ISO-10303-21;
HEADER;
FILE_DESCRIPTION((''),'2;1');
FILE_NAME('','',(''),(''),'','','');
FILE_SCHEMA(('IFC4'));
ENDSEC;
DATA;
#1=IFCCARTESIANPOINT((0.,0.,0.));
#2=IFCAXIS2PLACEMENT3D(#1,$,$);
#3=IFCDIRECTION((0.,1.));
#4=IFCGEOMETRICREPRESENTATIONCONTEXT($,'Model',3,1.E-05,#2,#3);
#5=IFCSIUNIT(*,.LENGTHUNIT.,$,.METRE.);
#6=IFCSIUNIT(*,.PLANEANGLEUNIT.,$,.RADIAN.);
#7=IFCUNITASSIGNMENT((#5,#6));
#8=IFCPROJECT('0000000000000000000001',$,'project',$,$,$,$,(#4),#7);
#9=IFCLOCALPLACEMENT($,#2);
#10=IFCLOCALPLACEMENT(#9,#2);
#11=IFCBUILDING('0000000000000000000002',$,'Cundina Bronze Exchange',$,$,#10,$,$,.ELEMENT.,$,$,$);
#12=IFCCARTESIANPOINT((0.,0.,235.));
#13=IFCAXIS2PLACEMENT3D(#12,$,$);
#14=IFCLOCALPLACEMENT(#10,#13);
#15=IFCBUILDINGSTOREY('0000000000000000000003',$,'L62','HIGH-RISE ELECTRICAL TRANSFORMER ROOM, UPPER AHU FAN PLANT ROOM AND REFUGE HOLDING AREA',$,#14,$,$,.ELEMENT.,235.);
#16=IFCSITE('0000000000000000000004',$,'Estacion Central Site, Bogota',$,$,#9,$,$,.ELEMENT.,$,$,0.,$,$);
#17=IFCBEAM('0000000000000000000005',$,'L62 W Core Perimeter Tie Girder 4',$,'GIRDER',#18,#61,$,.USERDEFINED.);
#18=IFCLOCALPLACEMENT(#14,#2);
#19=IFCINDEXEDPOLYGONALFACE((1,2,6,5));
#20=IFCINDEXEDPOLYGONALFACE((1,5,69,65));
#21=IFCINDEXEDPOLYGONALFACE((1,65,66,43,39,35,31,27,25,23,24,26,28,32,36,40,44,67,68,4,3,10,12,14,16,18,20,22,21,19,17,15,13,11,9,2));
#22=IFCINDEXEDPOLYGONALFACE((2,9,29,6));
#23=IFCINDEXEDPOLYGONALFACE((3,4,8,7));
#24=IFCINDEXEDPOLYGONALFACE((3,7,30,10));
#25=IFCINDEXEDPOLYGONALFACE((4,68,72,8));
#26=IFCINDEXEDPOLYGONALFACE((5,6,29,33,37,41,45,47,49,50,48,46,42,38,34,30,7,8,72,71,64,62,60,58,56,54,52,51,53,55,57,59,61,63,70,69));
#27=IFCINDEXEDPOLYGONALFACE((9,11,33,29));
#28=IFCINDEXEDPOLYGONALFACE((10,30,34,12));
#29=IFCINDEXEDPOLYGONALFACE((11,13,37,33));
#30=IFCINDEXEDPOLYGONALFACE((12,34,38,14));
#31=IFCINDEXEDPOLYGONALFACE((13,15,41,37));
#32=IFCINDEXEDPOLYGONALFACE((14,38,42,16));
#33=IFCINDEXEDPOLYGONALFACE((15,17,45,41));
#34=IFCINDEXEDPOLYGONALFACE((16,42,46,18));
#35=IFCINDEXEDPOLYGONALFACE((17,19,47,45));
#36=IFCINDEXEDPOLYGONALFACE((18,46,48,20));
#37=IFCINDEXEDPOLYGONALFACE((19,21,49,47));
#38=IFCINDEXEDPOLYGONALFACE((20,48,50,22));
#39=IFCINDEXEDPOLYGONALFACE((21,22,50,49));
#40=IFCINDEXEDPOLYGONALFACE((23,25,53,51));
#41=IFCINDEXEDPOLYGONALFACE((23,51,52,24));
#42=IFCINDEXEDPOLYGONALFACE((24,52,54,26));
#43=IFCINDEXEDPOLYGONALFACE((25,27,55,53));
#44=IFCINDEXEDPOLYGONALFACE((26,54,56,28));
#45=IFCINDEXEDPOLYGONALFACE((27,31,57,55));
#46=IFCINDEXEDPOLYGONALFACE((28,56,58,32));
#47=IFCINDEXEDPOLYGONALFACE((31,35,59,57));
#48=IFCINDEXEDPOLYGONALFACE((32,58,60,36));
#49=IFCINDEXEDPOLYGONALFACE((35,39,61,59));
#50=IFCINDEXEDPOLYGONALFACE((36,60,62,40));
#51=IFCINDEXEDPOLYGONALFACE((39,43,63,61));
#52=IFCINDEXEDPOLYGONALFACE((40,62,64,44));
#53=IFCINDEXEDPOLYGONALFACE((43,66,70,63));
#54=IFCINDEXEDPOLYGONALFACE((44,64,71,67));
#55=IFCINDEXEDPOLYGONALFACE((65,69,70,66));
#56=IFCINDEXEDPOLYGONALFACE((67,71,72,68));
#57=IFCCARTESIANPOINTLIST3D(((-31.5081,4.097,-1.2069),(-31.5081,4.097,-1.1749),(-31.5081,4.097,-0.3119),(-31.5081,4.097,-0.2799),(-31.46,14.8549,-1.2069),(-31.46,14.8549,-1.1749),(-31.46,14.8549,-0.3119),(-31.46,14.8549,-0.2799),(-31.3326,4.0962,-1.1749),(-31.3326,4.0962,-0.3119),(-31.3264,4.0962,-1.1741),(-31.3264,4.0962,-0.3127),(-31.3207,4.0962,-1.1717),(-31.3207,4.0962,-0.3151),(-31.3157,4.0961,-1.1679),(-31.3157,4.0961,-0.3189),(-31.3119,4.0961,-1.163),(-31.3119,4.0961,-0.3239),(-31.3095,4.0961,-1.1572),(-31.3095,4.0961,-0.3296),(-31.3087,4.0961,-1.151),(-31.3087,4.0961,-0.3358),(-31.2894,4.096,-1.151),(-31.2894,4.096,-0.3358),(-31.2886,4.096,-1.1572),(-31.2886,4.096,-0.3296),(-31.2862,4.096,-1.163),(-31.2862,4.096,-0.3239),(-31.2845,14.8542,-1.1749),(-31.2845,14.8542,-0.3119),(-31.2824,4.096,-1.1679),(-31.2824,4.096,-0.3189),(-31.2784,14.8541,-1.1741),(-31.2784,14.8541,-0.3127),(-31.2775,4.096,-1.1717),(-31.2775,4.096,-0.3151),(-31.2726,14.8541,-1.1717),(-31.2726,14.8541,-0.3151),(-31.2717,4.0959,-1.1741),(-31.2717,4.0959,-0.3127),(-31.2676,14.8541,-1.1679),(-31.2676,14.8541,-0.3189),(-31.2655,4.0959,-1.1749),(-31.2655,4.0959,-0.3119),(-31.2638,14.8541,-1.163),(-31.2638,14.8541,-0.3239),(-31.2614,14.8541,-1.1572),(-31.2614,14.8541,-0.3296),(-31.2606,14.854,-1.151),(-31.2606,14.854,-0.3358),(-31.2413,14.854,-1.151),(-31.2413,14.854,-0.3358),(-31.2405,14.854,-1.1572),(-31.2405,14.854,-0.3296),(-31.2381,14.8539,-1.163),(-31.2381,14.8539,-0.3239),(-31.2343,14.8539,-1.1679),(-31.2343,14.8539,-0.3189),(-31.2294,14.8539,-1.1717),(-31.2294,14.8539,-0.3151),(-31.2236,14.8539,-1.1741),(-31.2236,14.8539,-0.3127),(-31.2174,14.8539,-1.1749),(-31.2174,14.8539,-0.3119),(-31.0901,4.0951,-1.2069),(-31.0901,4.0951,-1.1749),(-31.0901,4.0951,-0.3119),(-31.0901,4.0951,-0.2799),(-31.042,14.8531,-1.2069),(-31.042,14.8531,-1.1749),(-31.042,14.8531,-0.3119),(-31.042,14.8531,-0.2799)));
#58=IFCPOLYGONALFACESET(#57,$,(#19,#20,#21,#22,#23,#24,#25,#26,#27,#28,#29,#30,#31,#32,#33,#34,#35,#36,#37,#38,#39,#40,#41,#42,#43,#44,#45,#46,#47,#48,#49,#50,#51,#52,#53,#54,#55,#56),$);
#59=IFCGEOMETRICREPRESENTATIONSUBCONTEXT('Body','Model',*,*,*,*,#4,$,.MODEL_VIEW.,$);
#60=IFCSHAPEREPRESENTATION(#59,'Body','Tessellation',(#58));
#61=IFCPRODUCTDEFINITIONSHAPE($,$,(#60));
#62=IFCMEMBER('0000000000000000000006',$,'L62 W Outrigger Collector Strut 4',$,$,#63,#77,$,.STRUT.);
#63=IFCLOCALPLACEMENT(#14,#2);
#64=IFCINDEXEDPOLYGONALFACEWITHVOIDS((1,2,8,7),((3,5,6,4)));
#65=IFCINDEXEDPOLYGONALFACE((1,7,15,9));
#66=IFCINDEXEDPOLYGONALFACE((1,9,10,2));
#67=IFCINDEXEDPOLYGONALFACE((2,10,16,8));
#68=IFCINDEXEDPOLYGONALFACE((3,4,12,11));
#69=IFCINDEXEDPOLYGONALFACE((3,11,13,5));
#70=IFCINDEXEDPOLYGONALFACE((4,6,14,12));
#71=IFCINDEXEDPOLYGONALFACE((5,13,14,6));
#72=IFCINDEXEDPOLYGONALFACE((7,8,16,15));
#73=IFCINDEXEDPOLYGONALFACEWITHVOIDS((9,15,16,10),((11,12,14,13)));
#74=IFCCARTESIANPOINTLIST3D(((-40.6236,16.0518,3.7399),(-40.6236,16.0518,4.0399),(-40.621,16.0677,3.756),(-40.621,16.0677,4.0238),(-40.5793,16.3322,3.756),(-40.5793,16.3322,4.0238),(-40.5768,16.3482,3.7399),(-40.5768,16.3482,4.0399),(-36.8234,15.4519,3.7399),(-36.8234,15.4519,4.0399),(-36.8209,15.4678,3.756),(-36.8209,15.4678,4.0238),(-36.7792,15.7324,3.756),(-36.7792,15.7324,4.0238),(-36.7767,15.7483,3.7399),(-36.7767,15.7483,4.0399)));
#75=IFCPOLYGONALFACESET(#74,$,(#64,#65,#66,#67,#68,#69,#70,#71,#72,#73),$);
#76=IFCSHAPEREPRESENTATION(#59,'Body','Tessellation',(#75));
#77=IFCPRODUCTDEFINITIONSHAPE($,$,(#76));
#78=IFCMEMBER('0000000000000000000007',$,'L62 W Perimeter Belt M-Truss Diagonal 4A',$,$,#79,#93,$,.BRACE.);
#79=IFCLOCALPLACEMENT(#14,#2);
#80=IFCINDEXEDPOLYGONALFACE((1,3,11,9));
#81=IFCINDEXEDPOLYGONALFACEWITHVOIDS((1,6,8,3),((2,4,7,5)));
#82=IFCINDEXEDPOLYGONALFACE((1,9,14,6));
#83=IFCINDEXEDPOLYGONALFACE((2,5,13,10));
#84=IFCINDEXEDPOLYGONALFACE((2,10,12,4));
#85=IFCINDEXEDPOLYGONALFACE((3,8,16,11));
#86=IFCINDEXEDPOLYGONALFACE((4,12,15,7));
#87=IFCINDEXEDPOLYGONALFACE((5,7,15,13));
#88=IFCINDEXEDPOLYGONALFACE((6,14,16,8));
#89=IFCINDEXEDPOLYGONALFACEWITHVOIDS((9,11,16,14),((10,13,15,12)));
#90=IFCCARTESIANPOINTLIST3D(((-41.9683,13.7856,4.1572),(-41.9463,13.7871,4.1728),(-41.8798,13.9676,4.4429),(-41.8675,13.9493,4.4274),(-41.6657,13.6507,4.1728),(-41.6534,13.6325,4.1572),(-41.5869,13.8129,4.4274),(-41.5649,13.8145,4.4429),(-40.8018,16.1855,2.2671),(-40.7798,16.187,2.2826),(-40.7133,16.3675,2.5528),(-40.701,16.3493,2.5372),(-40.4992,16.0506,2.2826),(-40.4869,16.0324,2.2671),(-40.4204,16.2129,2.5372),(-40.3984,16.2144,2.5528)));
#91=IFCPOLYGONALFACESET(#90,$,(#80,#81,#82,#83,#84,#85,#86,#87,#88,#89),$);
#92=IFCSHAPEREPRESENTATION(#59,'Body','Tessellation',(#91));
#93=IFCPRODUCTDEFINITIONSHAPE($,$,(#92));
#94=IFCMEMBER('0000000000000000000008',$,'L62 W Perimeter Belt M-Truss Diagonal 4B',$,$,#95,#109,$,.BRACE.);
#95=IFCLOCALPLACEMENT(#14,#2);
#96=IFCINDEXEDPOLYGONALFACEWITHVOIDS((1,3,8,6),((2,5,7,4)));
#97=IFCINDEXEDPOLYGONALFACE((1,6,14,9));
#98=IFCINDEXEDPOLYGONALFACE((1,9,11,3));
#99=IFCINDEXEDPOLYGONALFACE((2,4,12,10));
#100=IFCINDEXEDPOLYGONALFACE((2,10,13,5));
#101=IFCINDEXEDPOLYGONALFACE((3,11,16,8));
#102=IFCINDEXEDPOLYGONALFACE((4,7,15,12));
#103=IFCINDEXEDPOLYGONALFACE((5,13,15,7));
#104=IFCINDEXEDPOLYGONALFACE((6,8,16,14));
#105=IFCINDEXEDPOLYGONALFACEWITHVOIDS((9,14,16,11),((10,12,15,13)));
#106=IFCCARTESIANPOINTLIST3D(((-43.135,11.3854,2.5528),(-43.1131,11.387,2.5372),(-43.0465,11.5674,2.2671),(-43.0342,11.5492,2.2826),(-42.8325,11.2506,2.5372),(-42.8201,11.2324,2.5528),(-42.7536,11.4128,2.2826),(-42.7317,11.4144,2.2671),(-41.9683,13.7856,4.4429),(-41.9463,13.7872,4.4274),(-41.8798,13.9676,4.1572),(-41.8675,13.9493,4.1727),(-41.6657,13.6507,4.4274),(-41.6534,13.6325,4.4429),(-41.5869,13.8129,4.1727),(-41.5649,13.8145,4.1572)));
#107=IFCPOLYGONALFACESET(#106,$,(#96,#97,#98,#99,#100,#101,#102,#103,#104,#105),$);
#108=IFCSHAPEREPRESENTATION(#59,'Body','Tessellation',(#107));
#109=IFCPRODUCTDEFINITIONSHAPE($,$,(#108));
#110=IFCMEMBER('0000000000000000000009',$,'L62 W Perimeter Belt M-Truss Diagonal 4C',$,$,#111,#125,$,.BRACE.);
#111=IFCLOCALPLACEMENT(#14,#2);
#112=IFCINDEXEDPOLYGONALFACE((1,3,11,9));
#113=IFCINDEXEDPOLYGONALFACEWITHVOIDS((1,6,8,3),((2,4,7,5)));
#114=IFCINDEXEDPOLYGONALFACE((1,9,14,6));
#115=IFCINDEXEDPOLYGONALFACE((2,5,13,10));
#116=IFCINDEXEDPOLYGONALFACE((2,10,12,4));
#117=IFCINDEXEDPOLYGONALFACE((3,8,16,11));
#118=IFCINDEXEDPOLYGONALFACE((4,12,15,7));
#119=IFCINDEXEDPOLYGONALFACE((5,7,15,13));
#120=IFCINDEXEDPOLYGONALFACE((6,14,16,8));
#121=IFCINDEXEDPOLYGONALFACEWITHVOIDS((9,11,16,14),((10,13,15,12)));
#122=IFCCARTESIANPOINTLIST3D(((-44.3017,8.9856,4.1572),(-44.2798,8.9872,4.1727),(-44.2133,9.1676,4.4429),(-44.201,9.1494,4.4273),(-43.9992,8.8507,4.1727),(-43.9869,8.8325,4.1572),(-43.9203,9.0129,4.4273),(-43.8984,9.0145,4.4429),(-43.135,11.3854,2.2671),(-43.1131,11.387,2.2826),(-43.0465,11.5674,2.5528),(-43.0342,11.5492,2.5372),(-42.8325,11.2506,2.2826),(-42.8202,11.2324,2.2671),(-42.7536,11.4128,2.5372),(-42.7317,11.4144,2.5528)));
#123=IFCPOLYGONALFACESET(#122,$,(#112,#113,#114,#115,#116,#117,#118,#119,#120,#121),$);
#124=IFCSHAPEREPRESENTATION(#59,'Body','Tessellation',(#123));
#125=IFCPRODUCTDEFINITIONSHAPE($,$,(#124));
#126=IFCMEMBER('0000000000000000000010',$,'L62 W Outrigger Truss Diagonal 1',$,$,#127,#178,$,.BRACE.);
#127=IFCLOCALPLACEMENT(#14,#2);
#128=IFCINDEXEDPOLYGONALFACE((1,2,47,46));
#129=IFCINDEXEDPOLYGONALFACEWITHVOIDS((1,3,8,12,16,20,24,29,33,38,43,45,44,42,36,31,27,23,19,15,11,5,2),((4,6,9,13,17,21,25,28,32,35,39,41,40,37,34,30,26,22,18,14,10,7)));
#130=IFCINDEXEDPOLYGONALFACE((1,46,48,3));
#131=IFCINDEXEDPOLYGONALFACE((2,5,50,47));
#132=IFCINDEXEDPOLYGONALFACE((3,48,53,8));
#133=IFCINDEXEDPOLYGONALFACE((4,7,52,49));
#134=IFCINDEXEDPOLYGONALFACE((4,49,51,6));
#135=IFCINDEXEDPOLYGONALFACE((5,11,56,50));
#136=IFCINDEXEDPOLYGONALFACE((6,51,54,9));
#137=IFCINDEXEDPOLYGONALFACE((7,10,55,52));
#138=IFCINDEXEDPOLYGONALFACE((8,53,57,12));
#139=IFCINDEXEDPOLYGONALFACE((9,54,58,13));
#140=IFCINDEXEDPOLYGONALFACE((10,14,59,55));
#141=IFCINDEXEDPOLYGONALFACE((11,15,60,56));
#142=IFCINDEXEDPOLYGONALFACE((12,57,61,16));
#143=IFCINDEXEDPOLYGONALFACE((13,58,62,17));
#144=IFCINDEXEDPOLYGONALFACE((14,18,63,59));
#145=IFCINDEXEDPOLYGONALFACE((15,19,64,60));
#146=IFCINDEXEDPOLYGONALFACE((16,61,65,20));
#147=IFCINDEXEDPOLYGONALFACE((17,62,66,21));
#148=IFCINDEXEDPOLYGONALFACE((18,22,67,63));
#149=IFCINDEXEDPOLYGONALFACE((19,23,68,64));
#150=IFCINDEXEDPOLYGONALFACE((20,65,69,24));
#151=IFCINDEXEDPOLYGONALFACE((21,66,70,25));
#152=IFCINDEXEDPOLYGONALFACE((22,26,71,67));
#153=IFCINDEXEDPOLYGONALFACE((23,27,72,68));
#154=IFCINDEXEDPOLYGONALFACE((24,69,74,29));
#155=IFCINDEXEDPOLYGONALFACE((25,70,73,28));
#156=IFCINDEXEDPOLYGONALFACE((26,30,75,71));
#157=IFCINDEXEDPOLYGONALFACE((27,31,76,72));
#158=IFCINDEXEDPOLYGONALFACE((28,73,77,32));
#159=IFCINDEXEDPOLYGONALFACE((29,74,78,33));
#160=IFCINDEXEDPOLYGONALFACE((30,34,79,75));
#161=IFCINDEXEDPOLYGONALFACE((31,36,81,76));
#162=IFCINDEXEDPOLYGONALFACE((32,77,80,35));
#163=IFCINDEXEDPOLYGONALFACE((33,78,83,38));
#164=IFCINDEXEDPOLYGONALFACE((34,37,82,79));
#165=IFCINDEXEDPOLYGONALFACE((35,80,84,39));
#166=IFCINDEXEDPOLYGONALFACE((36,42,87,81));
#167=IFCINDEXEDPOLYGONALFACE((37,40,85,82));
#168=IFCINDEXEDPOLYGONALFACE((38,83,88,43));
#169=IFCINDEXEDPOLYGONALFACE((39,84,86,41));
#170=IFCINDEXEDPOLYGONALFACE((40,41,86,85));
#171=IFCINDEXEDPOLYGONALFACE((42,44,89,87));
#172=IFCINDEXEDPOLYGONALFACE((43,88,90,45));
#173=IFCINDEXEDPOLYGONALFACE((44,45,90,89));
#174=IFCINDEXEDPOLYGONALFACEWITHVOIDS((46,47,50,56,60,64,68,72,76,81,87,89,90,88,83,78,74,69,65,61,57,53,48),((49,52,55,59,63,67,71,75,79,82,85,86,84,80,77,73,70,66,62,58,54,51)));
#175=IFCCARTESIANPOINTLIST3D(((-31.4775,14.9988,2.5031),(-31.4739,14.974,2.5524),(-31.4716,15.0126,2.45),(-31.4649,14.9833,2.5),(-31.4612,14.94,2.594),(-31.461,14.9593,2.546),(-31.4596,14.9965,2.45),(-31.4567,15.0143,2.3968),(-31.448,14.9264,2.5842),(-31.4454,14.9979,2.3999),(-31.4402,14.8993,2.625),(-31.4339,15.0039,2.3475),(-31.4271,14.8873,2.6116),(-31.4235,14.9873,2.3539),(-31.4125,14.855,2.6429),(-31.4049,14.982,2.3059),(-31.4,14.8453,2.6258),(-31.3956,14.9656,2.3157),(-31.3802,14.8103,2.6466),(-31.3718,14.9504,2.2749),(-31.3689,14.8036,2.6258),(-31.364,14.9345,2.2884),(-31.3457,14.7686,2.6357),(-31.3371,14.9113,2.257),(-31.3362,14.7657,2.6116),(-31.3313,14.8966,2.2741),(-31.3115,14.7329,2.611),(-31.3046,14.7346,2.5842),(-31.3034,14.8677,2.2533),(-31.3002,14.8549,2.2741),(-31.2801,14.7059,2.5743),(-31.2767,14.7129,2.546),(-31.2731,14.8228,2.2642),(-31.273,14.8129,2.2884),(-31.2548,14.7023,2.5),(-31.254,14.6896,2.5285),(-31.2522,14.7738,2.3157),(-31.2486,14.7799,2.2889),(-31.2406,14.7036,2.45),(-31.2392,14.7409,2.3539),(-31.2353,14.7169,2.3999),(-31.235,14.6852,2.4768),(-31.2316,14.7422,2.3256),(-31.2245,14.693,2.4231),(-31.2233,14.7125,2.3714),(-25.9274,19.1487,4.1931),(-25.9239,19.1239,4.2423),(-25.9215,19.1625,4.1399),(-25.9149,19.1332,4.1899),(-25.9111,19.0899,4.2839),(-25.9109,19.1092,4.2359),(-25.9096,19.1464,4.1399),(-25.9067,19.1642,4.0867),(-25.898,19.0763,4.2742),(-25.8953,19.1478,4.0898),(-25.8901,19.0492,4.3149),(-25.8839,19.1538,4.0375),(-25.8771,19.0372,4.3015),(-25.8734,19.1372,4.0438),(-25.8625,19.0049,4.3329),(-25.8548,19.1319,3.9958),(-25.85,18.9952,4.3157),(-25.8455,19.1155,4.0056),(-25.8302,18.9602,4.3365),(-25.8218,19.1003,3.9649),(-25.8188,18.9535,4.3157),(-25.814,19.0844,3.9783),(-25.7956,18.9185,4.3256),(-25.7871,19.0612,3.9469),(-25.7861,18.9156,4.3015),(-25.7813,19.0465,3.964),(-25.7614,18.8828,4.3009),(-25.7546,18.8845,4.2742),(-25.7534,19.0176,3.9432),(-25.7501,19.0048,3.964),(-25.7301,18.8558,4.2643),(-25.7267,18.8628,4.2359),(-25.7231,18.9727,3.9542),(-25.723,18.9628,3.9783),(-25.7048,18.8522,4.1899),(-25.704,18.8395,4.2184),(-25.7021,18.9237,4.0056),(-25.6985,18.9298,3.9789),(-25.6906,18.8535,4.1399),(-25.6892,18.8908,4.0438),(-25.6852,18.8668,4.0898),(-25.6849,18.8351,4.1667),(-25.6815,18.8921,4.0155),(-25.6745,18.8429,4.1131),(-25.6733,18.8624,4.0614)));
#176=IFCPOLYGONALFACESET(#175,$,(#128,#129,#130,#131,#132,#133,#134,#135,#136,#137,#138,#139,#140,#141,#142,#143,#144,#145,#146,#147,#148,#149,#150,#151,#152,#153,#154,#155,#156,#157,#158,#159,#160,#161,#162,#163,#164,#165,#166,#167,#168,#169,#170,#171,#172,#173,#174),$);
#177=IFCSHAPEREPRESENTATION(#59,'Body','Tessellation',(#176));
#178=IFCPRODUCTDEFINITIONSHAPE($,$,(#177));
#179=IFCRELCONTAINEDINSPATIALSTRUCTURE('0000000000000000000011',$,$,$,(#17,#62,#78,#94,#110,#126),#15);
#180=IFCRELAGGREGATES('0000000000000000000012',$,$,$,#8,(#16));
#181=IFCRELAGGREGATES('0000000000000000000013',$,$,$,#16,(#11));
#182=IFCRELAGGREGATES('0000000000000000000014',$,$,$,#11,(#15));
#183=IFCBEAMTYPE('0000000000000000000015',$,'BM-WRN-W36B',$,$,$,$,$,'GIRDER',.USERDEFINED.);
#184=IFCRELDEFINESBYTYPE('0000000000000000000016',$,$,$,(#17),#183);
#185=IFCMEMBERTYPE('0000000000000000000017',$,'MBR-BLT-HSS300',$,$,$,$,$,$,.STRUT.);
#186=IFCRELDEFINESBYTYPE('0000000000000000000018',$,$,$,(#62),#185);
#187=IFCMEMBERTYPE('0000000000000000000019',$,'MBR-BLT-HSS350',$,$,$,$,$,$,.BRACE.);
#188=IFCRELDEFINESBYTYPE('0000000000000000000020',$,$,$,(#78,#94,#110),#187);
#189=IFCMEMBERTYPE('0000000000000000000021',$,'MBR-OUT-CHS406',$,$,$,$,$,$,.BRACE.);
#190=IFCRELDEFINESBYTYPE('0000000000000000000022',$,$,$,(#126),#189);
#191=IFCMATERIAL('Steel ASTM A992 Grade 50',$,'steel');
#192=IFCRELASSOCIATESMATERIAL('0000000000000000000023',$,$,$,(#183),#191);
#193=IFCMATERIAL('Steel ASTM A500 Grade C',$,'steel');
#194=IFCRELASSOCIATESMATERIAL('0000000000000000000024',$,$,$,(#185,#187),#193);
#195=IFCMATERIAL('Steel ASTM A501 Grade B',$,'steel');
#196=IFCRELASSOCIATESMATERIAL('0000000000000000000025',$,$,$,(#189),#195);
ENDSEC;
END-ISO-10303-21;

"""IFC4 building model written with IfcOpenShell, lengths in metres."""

from ifc_helpers import new_model, si_unit, direction, frame, origin, origin_2d, place, context, subcontext, project, spatial, hollow_rectangle, hollow_circle, i_section, extrude, material, material_profile, profile_set, type_object, element, save


model = new_model("IFC4")

# Units and contexts
model_context = context("Model", 3, precision=1e-05, world=origin(), true_north=direction((0.0, 1.0)))
body_context = subcontext(model_context, "Body", "Model", "MODEL_VIEW")
ifc_project = project(units=[si_unit("LENGTHUNIT", "METRE"), si_unit("PLANEANGLEUNIT", "RADIAN")], contexts=[model_context])

# Site, building, storey
site_placement = place(None, origin())
site = spatial("IfcSite", under=ifc_project, at=site_placement, Name="Estacion Central Site, Bogota", CompositionType="ELEMENT", RefElevation=0.0)
building_placement = place(site_placement, origin())
building = spatial("IfcBuilding", under=site, at=building_placement, Name="Cundina Bronze Exchange", CompositionType="ELEMENT")
storey_placement = place(building_placement, frame((0.0, 0.0, 235.0)))
storey = spatial("IfcBuildingStorey", under=building, at=storey_placement, Name="L62", Description="HIGH-RISE ELECTRICAL TRANSFORMER ROOM, UPPER AHU FAN PLANT ROOM AND REFUGE HOLDING AREA", CompositionType="ELEMENT", Elevation=235.0)

# Shared definitions
ifc_material_1 = material(Name="Steel ASTM A992 Grade 50", Category="steel")

# Beam
ifc_material_profile_1 = material_profile(ifc_material_1, i_section(OverallWidth=0.418, OverallDepth=0.927, WebThickness=0.0193, FlangeThickness=0.032, FilletRadius=0.0239, at=origin_2d()), Name="W36X231", Category="steel")
ifc_profile_set_1 = profile_set([ifc_material_profile_1], Name="Steel ASTM A992 Grade 50")
beam_type_1 = type_object("IfcBeamType", Name="BM-WRN-W36B", ElementType="GIRDER", PredefinedType="USERDEFINED", material=ifc_profile_set_1)
beam_1_placement = place(storey_placement, frame((-31.251, 14.854, -0.7434), z_axis=(-0.004471, -0.99999, 0.0), x_axis=(0.99999, -0.004471, 0.0)))
element("IfcBeam", 1, at=beam_1_placement, inside=storey, type_object=beam_type_1, Name="L62 W Core Perimeter Tie Girder 4", ObjectType="GIRDER", PredefinedType="USERDEFINED", context=body_context, shape_type="SweptSolid", body=[
    extrude(i_section(OverallWidth=0.418, OverallDepth=0.927, WebThickness=0.0193, FlangeThickness=0.032, FilletRadius=0.0239, at=origin_2d()), origin(), (0.0, 0.0, 1.0), 10.7581),
])

# Members
ifc_material_2 = material(Name="Steel ASTM A500 Grade C", Category="steel")
ifc_material_profile_2 = material_profile(ifc_material_2, hollow_rectangle(XDim=0.3, YDim=0.3, WallThickness=0.0161, at=origin_2d()), Name="HSS300X300X16", Category="steel")
ifc_profile_set_2 = profile_set([ifc_material_profile_2], Name="Steel ASTM A500 Grade C")
member_type_1 = type_object("IfcMemberType", Name="MBR-BLT-HSS300", PredefinedType="STRUT", material=ifc_profile_set_2)
member_1_placement = place(storey_placement, frame((-36.8, 15.6001, 3.8899), z_axis=(-0.987769, 0.155923, 0.0), x_axis=(-0.155923, -0.987769, 0.0)))
element("IfcMember", 2, at=member_1_placement, inside=storey, type_object=member_type_1, Name="L62 W Outrigger Collector Strut 4", PredefinedType="STRUT", context=body_context, shape_type="SweptSolid", body=[
    extrude(hollow_rectangle(XDim=0.3, YDim=0.3, WallThickness=0.0161, at=origin_2d()), origin(), (0.0, 0.0, 1.0), 3.8472),
])
ifc_material_profile_3 = material_profile(ifc_material_2, hollow_rectangle(XDim=0.3501, YDim=0.3501, WallThickness=0.019, at=origin_2d()), Name="HSS350X350X19", Category="steel")
ifc_profile_set_3 = profile_set([ifc_material_profile_3], Name="Steel ASTM A500 Grade C")
member_type_2 = type_object("IfcMemberType", Name="MBR-BLT-HSS350", PredefinedType="BRACE", material=ifc_profile_set_3)
member_2_placement = place(storey_placement, frame((-40.6001, 16.2, 2.4099), z_axis=(-0.356729, -0.733916, 0.578024), x_axis=(0.899385, -0.437158, 0.0)))
element("IfcMember", 3, at=member_2_placement, inside=storey, type_object=member_type_2, Name="L62 W Perimeter Belt M-Truss Diagonal 4A", PredefinedType="BRACE", context=body_context, shape_type="SweptSolid", body=[
    extrude(hollow_rectangle(XDim=0.3501, YDim=0.3501, WallThickness=0.019, at=origin_2d()), origin(), (0.0, 0.0, 1.0), 3.27),
])
member_3_placement = place(storey_placement, frame((-41.7666, 13.8, 4.3), z_axis=(-0.356775, -0.733931, -0.577977), x_axis=(0.899366, -0.437196, 0.0)))
element("IfcMember", 4, at=member_3_placement, inside=storey, type_object=member_type_2, Name="L62 W Perimeter Belt M-Truss Diagonal 4B", PredefinedType="BRACE", context=body_context, shape_type="SweptSolid", body=[
    extrude(hollow_rectangle(XDim=0.3501, YDim=0.3501, WallThickness=0.019, at=origin_2d()), origin(), (0.0, 0.0, 1.0), 3.2703),
])
member_4_placement = place(storey_placement, frame((-42.9333, 11.3999, 2.4099), z_axis=(-0.356795, -0.733896, 0.578009), x_axis=(0.899349, -0.437232, 0.0)))
element("IfcMember", 5, at=member_4_placement, inside=storey, type_object=member_type_2, Name="L62 W Perimeter Belt M-Truss Diagonal 4C", PredefinedType="BRACE", context=body_context, shape_type="SweptSolid", body=[
    extrude(hollow_rectangle(XDim=0.3501, YDim=0.3501, WallThickness=0.019, at=origin_2d()), origin(), (0.0, 0.0, 1.0), 3.27),
])
ifc_material_3 = material(Name="Steel ASTM A501 Grade B", Category="steel")
ifc_material_profile_4 = material_profile(ifc_material_3, hollow_circle(Radius=0.2029, WallThickness=0.02, at=origin_2d()), Name="CHS406X20", Category="steel")
ifc_profile_set_4 = profile_set([ifc_material_profile_4], Name="Steel ASTM A501 Grade B")
member_type_3 = type_object("IfcMemberType", Name="MBR-OUT-CHS406", PredefinedType="BRACE", material=ifc_profile_set_4)
member_5_placement = place(storey_placement, frame((-31.3501, 14.8501, 2.45), z_axis=(0.778073, 0.581784, 0.236917), x_axis=(-0.598833, 0.800874, 0.0)))
element("IfcMember", 6, at=member_5_placement, inside=storey, type_object=member_type_3, Name="L62 W Outrigger Truss Diagonal 1", PredefinedType="BRACE", context=body_context, shape_type="SweptSolid", body=[
    extrude(hollow_circle(Radius=0.2029, WallThickness=0.02, at=origin_2d()), origin(), (0.0, 0.0, 1.0), 7.1331),
])

save(model, "model.ifc")
